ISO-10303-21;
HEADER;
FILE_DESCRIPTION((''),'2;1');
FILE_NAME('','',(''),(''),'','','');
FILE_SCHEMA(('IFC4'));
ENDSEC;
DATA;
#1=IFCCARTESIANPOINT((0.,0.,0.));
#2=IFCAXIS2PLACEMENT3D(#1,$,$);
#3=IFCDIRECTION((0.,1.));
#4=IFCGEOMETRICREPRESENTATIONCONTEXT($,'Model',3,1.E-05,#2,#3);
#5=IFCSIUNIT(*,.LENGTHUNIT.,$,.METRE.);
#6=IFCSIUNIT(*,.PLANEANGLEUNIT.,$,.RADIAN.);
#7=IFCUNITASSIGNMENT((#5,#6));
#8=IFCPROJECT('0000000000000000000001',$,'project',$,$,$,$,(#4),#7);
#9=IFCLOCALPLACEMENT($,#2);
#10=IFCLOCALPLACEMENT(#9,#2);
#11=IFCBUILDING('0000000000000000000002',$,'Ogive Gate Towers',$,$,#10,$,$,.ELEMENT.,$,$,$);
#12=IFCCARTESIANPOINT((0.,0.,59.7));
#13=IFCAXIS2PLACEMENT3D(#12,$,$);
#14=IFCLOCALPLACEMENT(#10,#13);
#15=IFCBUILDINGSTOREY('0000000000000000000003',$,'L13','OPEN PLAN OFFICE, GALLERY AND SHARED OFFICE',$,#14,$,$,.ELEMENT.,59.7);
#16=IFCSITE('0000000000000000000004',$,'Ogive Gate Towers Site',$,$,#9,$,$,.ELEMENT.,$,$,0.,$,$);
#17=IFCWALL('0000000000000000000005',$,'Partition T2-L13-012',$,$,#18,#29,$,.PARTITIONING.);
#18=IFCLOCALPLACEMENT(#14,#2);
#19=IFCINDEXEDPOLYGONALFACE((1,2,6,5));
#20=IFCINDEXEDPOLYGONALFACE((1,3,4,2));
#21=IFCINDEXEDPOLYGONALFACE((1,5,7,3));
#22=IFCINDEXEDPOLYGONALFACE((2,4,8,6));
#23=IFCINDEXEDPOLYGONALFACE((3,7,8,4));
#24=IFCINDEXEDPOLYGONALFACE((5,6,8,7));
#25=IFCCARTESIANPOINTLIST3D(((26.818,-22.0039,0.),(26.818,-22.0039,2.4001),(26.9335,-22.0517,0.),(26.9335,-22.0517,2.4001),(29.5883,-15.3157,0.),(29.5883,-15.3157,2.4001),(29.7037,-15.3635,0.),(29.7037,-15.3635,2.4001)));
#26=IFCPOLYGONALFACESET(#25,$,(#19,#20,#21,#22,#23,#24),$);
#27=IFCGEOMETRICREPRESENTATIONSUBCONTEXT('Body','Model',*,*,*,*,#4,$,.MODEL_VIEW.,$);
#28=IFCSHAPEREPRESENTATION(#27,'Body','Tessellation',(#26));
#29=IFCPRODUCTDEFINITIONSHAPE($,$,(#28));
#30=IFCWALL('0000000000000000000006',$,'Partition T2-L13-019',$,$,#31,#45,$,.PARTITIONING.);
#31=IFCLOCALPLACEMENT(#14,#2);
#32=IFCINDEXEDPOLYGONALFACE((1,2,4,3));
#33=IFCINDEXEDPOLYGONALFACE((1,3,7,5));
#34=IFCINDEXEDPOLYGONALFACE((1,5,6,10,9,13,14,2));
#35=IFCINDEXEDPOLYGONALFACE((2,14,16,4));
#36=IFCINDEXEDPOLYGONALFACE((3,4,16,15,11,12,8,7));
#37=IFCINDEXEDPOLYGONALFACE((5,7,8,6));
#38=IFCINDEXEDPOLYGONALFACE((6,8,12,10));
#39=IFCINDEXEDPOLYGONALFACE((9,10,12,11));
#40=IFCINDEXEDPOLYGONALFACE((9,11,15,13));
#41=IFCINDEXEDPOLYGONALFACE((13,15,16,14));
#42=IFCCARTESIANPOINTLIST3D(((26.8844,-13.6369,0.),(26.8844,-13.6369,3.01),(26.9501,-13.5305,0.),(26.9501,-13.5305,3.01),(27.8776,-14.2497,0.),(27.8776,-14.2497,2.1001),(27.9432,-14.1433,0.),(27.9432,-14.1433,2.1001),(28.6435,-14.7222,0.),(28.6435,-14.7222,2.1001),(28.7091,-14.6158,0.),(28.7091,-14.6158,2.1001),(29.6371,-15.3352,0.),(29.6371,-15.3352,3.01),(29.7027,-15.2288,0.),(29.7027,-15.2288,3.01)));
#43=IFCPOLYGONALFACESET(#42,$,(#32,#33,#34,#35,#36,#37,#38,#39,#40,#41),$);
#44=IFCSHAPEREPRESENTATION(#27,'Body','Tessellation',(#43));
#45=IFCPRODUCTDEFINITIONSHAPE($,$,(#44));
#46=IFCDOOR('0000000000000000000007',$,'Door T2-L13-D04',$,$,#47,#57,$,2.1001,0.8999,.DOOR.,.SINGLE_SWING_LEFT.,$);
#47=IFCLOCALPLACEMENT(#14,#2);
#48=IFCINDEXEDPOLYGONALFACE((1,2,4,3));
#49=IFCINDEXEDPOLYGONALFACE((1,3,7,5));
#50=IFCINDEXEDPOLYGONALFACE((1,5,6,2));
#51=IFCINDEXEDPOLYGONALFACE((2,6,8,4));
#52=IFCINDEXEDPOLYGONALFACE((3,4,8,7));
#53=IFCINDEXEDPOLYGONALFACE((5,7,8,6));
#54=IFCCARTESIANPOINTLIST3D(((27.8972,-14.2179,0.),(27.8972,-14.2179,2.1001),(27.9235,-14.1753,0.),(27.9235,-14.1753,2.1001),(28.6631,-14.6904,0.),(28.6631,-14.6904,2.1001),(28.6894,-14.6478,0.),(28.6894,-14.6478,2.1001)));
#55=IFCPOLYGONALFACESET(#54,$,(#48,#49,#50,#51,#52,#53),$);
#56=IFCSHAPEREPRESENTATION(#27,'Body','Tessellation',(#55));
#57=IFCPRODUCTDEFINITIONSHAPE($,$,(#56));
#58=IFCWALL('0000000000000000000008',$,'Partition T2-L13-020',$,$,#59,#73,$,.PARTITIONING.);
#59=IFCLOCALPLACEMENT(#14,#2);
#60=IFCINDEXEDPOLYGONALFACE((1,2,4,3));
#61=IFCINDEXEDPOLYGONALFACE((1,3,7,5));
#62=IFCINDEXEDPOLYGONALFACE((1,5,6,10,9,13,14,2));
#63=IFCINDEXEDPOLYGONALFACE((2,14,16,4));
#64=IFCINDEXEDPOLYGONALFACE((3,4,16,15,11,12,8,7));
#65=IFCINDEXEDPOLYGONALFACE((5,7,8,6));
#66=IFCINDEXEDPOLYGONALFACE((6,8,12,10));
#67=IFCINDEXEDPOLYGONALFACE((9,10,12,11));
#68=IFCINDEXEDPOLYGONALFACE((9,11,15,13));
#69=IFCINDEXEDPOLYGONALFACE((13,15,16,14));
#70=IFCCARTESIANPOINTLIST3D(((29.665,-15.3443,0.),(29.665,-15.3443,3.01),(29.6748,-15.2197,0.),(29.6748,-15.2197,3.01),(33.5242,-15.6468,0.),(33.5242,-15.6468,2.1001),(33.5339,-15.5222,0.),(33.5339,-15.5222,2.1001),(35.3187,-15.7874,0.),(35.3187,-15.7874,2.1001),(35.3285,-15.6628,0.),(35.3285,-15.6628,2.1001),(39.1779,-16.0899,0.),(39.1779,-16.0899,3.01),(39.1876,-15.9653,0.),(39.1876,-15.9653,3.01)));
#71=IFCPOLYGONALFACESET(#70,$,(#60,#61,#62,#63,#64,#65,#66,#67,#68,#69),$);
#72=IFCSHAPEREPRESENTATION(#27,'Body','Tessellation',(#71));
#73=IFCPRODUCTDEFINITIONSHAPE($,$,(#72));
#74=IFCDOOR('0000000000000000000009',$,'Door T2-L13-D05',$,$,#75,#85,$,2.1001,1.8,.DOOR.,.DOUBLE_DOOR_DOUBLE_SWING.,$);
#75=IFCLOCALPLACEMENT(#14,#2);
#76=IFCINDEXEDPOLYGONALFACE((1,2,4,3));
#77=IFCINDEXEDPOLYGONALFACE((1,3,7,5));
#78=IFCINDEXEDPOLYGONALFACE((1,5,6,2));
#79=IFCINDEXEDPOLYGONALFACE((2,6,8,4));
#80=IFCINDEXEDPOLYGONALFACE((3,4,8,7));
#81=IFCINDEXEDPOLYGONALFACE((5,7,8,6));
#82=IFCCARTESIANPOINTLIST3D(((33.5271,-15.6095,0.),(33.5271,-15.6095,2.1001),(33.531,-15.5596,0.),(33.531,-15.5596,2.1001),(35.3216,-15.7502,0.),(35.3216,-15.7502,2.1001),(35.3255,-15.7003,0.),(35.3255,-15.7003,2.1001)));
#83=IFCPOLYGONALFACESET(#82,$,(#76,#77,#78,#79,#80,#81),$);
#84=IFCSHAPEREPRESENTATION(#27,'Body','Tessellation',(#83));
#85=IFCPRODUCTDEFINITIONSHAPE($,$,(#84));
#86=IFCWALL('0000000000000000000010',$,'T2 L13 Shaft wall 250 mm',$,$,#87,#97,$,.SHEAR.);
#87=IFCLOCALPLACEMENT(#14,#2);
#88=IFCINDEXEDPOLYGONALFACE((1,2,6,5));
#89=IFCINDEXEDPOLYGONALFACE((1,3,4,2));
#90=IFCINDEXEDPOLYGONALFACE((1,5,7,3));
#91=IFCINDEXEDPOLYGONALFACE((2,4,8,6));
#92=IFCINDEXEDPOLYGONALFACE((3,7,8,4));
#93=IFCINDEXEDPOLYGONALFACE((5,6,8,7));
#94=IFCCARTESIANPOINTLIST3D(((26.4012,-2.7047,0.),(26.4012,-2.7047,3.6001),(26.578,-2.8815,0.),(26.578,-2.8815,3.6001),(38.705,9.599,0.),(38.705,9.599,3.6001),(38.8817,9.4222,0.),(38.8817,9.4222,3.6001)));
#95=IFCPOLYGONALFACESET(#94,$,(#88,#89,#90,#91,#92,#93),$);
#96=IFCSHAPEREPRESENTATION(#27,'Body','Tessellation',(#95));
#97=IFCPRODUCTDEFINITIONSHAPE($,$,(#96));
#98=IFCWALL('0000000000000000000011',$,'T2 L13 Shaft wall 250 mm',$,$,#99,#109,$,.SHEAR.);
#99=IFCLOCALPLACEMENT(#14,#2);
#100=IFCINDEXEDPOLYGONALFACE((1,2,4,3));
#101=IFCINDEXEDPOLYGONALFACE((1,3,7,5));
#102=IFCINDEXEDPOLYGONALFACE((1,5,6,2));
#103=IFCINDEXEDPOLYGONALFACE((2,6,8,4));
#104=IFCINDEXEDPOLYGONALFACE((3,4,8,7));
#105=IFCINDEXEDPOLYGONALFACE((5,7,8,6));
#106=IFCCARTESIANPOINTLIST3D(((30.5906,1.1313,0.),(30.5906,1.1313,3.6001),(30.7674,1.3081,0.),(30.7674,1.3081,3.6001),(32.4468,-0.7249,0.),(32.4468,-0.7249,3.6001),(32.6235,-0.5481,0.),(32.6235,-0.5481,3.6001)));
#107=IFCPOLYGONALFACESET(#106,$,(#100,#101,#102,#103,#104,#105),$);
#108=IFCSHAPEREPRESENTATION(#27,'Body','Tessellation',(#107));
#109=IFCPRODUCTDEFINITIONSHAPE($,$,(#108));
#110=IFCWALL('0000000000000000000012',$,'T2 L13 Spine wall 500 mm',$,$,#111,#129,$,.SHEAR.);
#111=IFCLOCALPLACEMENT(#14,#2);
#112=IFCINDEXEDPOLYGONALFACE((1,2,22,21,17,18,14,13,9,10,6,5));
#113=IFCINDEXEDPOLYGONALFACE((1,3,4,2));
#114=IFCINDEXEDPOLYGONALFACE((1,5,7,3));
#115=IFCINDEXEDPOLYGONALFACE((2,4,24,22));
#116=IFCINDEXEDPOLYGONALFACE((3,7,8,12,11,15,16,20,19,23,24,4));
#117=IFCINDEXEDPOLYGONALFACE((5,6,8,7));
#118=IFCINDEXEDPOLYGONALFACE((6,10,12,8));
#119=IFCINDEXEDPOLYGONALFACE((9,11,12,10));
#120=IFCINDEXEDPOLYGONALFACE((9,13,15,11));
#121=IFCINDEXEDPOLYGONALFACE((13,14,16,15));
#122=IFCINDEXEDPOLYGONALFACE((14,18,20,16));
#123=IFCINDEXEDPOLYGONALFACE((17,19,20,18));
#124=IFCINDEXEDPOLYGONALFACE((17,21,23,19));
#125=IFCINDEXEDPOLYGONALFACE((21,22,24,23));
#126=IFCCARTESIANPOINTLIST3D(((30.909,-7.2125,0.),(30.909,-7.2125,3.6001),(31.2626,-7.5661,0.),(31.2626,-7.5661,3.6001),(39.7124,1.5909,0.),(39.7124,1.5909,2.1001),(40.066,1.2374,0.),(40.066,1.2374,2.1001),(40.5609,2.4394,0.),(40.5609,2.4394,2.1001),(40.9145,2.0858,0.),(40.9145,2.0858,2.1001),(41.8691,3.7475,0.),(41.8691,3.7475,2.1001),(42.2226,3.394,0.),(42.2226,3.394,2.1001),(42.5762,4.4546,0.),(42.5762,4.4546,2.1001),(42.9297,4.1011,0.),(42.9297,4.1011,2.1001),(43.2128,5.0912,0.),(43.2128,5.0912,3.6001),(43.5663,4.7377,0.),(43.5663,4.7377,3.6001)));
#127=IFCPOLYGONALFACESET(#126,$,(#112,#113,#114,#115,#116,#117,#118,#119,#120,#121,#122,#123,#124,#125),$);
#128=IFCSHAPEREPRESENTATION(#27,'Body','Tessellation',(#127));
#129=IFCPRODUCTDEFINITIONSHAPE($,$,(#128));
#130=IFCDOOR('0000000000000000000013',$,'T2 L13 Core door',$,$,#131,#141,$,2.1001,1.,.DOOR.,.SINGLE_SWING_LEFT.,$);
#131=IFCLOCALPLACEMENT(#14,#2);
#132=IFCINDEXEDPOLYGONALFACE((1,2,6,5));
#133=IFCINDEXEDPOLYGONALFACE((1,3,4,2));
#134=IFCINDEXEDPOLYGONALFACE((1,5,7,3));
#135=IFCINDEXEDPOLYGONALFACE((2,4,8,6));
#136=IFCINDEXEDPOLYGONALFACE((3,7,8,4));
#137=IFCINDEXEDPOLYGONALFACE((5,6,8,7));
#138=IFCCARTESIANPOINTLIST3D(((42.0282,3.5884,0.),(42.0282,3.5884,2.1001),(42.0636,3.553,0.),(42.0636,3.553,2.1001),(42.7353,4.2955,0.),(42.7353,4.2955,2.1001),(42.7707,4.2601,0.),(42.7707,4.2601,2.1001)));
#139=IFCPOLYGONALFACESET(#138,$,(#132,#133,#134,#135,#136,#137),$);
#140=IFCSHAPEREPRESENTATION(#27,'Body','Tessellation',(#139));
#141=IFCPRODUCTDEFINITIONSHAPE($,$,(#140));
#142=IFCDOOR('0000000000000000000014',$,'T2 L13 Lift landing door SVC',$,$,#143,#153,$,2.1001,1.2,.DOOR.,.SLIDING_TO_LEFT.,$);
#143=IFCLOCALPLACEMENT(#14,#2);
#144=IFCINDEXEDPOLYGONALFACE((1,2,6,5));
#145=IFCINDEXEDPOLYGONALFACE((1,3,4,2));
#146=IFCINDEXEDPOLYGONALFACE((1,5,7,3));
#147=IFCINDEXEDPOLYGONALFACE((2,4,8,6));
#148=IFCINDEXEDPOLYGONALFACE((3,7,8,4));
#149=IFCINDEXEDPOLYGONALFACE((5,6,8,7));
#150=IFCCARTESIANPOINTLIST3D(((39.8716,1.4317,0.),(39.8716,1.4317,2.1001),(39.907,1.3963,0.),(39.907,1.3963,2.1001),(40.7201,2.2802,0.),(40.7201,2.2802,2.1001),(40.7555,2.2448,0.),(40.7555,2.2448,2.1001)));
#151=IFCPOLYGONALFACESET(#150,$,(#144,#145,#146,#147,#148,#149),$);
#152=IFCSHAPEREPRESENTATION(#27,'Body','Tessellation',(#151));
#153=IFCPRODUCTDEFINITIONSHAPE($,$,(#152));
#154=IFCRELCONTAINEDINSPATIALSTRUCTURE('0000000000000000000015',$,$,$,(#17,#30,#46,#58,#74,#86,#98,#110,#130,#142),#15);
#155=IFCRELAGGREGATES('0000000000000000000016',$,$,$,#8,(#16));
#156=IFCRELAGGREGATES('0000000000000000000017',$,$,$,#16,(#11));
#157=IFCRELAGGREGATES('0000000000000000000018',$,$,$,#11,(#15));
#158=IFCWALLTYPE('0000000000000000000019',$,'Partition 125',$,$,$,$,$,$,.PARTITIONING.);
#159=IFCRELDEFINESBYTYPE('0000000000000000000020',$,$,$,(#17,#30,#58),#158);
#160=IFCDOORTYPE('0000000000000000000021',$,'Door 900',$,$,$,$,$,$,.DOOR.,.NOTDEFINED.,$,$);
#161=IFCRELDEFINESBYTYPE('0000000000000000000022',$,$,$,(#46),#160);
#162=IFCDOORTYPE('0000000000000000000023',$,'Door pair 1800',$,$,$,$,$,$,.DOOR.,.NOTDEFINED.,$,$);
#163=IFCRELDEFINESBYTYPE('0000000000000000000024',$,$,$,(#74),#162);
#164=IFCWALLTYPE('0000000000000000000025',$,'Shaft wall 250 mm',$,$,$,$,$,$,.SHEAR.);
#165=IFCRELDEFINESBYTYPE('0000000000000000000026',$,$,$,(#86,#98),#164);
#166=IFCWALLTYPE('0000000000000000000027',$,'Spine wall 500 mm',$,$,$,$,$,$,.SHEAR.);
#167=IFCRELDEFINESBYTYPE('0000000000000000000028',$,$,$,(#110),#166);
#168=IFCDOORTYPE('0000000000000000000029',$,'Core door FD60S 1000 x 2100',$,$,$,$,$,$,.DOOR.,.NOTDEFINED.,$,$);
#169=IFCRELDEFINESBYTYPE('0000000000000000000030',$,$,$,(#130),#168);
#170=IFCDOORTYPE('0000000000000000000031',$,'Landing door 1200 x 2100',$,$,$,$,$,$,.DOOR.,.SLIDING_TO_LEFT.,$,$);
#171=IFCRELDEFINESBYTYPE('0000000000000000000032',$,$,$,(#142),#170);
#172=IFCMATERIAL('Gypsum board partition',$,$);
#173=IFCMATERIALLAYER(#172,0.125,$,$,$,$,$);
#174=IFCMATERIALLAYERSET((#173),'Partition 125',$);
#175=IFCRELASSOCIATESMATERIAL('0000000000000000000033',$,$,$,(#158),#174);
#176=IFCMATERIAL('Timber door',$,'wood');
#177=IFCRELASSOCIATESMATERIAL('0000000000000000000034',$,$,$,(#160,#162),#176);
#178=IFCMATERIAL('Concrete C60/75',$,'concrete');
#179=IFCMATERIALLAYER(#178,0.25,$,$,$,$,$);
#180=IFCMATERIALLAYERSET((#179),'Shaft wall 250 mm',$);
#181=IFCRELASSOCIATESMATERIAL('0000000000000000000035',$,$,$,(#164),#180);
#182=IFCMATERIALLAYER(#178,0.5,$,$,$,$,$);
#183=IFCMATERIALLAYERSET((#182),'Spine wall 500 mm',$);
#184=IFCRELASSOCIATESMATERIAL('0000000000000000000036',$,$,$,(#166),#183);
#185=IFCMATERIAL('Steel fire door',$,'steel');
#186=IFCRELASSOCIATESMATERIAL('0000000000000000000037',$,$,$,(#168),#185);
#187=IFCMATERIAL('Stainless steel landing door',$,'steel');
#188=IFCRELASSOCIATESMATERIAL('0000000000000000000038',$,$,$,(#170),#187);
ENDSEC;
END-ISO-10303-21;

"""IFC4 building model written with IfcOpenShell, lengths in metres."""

from ifc_helpers import new_model, si_unit, direction, frame, frame_2d, origin, place, context, subcontext, project, spatial, rectangle, extrude, material, layer, layer_set, type_object, element, fill, save


model = new_model("IFC4")

# Units and contexts
model_context = context("Model", 3, precision=1e-05, world=origin(), true_north=direction((0.0, 1.0)))
body_context = subcontext(model_context, "Body", "Model", "MODEL_VIEW")
ifc_project = project(units=[si_unit("LENGTHUNIT", "METRE"), si_unit("PLANEANGLEUNIT", "RADIAN")], contexts=[model_context])

# Site, building, storey
site_placement = place(None, origin())
site = spatial("IfcSite", under=ifc_project, at=site_placement, Name="Ogive Gate Towers Site", CompositionType="ELEMENT", RefElevation=0.0)
building_placement = place(site_placement, origin())
building = spatial("IfcBuilding", under=site, at=building_placement, Name="Ogive Gate Towers", CompositionType="ELEMENT")
storey_placement = place(building_placement, frame((0.0, 0.0, 59.7)))
storey = spatial("IfcBuildingStorey", under=building, at=storey_placement, Name="L13", Description="OPEN PLAN OFFICE, GALLERY AND SHARED OFFICE", CompositionType="ELEMENT", Elevation=59.7)

# Wall
ifc_material_1 = material(Name="Gypsum board partition")
ifc_layer_1 = layer(ifc_material_1, 0.125)
ifc_layer_set_1 = layer_set([ifc_layer_1], Name="Partition 125")
wall_type_1 = type_object("IfcWallType", Name="Partition 125", PredefinedType="PARTITIONING", material=ifc_layer_set_1)
wall_1_placement = place(storey_placement, frame((26.8757, -22.0278, 0.0), z_axis=(0.0, 0.0, 1.0), x_axis=(0.382672, 0.923884, 0.0)))
element("IfcWall", 1, at=wall_1_placement, inside=storey, type_object=wall_type_1, Name="Partition T2-L13-012", PredefinedType="PARTITIONING", context=body_context, shape_type="SweptSolid", body=[
    extrude(rectangle(XDim=7.2393, YDim=0.125, at=frame_2d((3.6196, 0.0))), origin(), (0.0, 0.0, 1.0), 2.4001),
])

# Walls, openings, doors
wall_2_placement = place(storey_placement, frame((26.9172, -13.5837, 0.0), z_axis=(0.0, 0.0, 1.0), x_axis=(0.851067, -0.525057, 0.0)))
wall_2 = element("IfcWall", 2, at=wall_2_placement, inside=storey, type_object=wall_type_1, Name="Partition T2-L13-019", PredefinedType="PARTITIONING", context=body_context, shape_type="SweptSolid", body=[
    extrude(rectangle(XDim=3.2344, YDim=0.125, at=frame_2d((1.6172, 0.0))), origin(), (0.0, 0.0, 1.0), 3.01),
])
opening_1_placement = place(wall_2_placement, frame((1.167, 0.0, 0.0)))
opening_1 = element("IfcOpeningElement", 3, at=opening_1_placement, cuts=wall_2, PredefinedType="OPENING", context=body_context, shape_type="SweptSolid", body=[
    extrude(rectangle(XDim=0.8999, YDim=2.1001, at=frame_2d((0.45, 1.05))), frame((0.0, 0.0725, 0.0), z_axis=(0.0, -1.0, 0.0), x_axis=(1.0, 0.0, 0.0)), (0.0, 0.0, 1.0), 0.145),
])
ifc_material_2 = material(Name="Timber door", Category="wood")
door_type_1 = type_object("IfcDoorType", Name="Door 900", OperationType="NOTDEFINED", PredefinedType="DOOR", material=ifc_material_2)
door_1_placement = place(opening_1_placement, origin())
door_1 = element("IfcDoor", 4, at=door_1_placement, inside=storey, type_object=door_type_1, Name="Door T2-L13-D04", OperationType="SINGLE_SWING_LEFT", OverallHeight=2.1001, OverallWidth=0.8999, PredefinedType="DOOR", context=body_context, shape_type="SweptSolid", body=[
    extrude(rectangle(XDim=0.8999, YDim=2.1001, at=frame_2d((0.45, 1.05))), frame((0.0, 0.0249, 0.0), z_axis=(0.0, -1.0, 0.0), x_axis=(1.0, 0.0, 0.0)), (0.0, 0.0, 1.0), 0.05),
])
fill(opening_1, door_1)
wall_3_placement = place(storey_placement, frame((29.6699, -15.282, 0.0), z_axis=(0.0, 0.0, 1.0), x_axis=(0.996942, -0.07814, 0.0)))
wall_3 = element("IfcWall", 5, at=wall_3_placement, inside=storey, type_object=wall_type_1, Name="Partition T2-L13-020", PredefinedType="PARTITIONING", context=body_context, shape_type="SweptSolid", body=[
    extrude(rectangle(XDim=9.542, YDim=0.125, at=frame_2d((4.771, 0.0))), origin(), (0.0, 0.0, 1.0), 3.01),
])
opening_2_placement = place(wall_3_placement, frame((3.8711, 0.0, 0.0)))
opening_2 = element("IfcOpeningElement", 6, at=opening_2_placement, cuts=wall_3, PredefinedType="OPENING", context=body_context, shape_type="SweptSolid", body=[
    extrude(rectangle(XDim=1.8, YDim=2.1001, at=frame_2d((0.8999, 1.05))), frame((0.0, 0.0725, 0.0), z_axis=(0.0, -1.0, 0.0), x_axis=(1.0, 0.0, 0.0)), (0.0, 0.0, 1.0), 0.145),
])
door_type_2 = type_object("IfcDoorType", Name="Door pair 1800", OperationType="NOTDEFINED", PredefinedType="DOOR", material=ifc_material_2)
door_2_placement = place(opening_2_placement, origin())
door_2 = element("IfcDoor", 7, at=door_2_placement, inside=storey, type_object=door_type_2, Name="Door T2-L13-D05", OperationType="DOUBLE_DOOR_DOUBLE_SWING", OverallHeight=2.1001, OverallWidth=1.8, PredefinedType="DOOR", context=body_context, shape_type="SweptSolid", body=[
    extrude(rectangle(XDim=1.8, YDim=2.1001, at=frame_2d((0.8999, 1.05))), frame((0.0, 0.0249, 0.0), z_axis=(0.0, -1.0, 0.0), x_axis=(1.0, 0.0, 0.0)), (0.0, 0.0, 1.0), 0.05),
])
fill(opening_2, door_2)

# Walls
ifc_material_3 = material(Name="Concrete C60/75", Category="concrete")
ifc_layer_2 = layer(ifc_material_3, 0.25)
ifc_layer_set_2 = layer_set([ifc_layer_2], Name="Shaft wall 250 mm")
wall_type_2 = type_object("IfcWallType", Name="Shaft wall 250 mm", PredefinedType="SHEAR", material=ifc_layer_set_2)
wall_4_placement = place(storey_placement, frame((26.4895, -2.7932, 0.0), z_axis=(0.0, 0.0, 1.0), x_axis=(0.707107, 0.707107, 0.0)))
element("IfcWall", 8, at=wall_4_placement, inside=storey, type_object=wall_type_2, Name="T2 L13 Shaft wall 250 mm", PredefinedType="SHEAR", context=body_context, shape_type="SweptSolid", body=[
    extrude(rectangle(XDim=17.4001, YDim=0.25, at=frame_2d((8.7002, 0.0))), origin(), (0.0, 0.0, 1.0), 3.6001),
])
wall_5_placement = place(storey_placement, frame((32.5352, -0.6365, 0.0), z_axis=(0.0, 0.0, 1.0), x_axis=(-0.707107, 0.707107, 0.0)))
element("IfcWall", 9, at=wall_5_placement, inside=storey, type_object=wall_type_2, Name="T2 L13 Shaft wall 250 mm", PredefinedType="SHEAR", context=body_context, shape_type="SweptSolid", body=[
    extrude(rectangle(XDim=2.625, YDim=0.25, at=frame_2d((1.3125, 0.0))), origin(), (0.0, 0.0, 1.0), 3.6001),
])

# Wall, openings, doors
ifc_layer_3 = layer(ifc_material_3, 0.5)
ifc_layer_set_3 = layer_set([ifc_layer_3], Name="Spine wall 500 mm")
wall_type_3 = type_object("IfcWallType", Name="Spine wall 500 mm", PredefinedType="SHEAR", material=ifc_layer_set_3)
wall_6_placement = place(storey_placement, frame((31.0857, -7.3894, 0.0), z_axis=(0.0, 0.0, 1.0), x_axis=(0.707107, 0.707107, 0.0)))
wall_6 = element("IfcWall", 10, at=wall_6_placement, inside=storey, type_object=wall_type_3, Name="T2 L13 Spine wall 500 mm", PredefinedType="SHEAR", context=body_context, shape_type="SweptSolid", body=[
    extrude(rectangle(XDim=17.4001, YDim=0.5, at=frame_2d((8.7002, 0.0))), origin(), (0.0, 0.0, 1.0), 3.6001),
])
opening_3_placement = place(wall_6_placement, frame((12.45, 0.0, 0.0)))
opening_3 = element("IfcOpeningElement", 11, at=opening_3_placement, cuts=wall_6, PredefinedType="OPENING", context=body_context, shape_type="SweptSolid", body=[
    extrude(rectangle(XDim=1.2, YDim=2.1001, at=frame_2d((0.6001, 1.05))), frame((0.0, 0.26, 0.0), z_axis=(0.0, -1.0, 0.0), x_axis=(1.0, 0.0, 0.0)), (0.0, 0.0, 1.0), 0.52),
])
opening_4_placement = place(wall_6_placement, frame((15.5, 0.0, 0.0)))
opening_4 = element("IfcOpeningElement", 12, at=opening_4_placement, cuts=wall_6, PredefinedType="OPENING", context=body_context, shape_type="SweptSolid", body=[
    extrude(rectangle(XDim=1.0, YDim=2.1001, at=frame_2d((0.5, 1.05))), frame((0.0, 0.26, 0.0), z_axis=(0.0, -1.0, 0.0), x_axis=(1.0, 0.0, 0.0)), (0.0, 0.0, 1.0), 0.52),
])
ifc_material_4 = material(Name="Steel fire door", Category="steel")
door_type_3 = type_object("IfcDoorType", Name="Core door FD60S 1000 x 2100", OperationType="NOTDEFINED", PredefinedType="DOOR", material=ifc_material_4)
door_3_placement = place(opening_4_placement, origin())
door_3 = element("IfcDoor", 13, at=door_3_placement, inside=storey, type_object=door_type_3, Name="T2 L13 Core door", OperationType="SINGLE_SWING_LEFT", OverallHeight=2.1001, OverallWidth=1.0, PredefinedType="DOOR", context=body_context, shape_type="SweptSolid", body=[
    extrude(rectangle(XDim=1.0, YDim=2.1001, at=frame_2d((0.5, 1.05))), frame((0.0, 0.0249, 0.0), z_axis=(0.0, -1.0, 0.0), x_axis=(1.0, 0.0, 0.0)), (0.0, 0.0, 1.0), 0.05),
])
fill(opening_4, door_3)
ifc_material_5 = material(Name="Stainless steel landing door", Category="steel")
door_type_4 = type_object("IfcDoorType", Name="Landing door 1200 x 2100", OperationType="SLIDING_TO_LEFT", PredefinedType="DOOR", material=ifc_material_5)
door_4_placement = place(opening_3_placement, origin())
door_4 = element("IfcDoor", 14, at=door_4_placement, inside=storey, type_object=door_type_4, Name="T2 L13 Lift landing door SVC", OperationType="SLIDING_TO_LEFT", OverallHeight=2.1001, OverallWidth=1.2, PredefinedType="DOOR", context=body_context, shape_type="SweptSolid", body=[
    extrude(rectangle(XDim=1.2, YDim=2.1001, at=frame_2d((0.6001, 1.05))), frame((0.0, 0.0249, 0.0), z_axis=(0.0, -1.0, 0.0), x_axis=(1.0, 0.0, 0.0)), (0.0, 0.0, 1.0), 0.05),
])
fill(opening_3, door_4)

save(model, "model.ifc")
